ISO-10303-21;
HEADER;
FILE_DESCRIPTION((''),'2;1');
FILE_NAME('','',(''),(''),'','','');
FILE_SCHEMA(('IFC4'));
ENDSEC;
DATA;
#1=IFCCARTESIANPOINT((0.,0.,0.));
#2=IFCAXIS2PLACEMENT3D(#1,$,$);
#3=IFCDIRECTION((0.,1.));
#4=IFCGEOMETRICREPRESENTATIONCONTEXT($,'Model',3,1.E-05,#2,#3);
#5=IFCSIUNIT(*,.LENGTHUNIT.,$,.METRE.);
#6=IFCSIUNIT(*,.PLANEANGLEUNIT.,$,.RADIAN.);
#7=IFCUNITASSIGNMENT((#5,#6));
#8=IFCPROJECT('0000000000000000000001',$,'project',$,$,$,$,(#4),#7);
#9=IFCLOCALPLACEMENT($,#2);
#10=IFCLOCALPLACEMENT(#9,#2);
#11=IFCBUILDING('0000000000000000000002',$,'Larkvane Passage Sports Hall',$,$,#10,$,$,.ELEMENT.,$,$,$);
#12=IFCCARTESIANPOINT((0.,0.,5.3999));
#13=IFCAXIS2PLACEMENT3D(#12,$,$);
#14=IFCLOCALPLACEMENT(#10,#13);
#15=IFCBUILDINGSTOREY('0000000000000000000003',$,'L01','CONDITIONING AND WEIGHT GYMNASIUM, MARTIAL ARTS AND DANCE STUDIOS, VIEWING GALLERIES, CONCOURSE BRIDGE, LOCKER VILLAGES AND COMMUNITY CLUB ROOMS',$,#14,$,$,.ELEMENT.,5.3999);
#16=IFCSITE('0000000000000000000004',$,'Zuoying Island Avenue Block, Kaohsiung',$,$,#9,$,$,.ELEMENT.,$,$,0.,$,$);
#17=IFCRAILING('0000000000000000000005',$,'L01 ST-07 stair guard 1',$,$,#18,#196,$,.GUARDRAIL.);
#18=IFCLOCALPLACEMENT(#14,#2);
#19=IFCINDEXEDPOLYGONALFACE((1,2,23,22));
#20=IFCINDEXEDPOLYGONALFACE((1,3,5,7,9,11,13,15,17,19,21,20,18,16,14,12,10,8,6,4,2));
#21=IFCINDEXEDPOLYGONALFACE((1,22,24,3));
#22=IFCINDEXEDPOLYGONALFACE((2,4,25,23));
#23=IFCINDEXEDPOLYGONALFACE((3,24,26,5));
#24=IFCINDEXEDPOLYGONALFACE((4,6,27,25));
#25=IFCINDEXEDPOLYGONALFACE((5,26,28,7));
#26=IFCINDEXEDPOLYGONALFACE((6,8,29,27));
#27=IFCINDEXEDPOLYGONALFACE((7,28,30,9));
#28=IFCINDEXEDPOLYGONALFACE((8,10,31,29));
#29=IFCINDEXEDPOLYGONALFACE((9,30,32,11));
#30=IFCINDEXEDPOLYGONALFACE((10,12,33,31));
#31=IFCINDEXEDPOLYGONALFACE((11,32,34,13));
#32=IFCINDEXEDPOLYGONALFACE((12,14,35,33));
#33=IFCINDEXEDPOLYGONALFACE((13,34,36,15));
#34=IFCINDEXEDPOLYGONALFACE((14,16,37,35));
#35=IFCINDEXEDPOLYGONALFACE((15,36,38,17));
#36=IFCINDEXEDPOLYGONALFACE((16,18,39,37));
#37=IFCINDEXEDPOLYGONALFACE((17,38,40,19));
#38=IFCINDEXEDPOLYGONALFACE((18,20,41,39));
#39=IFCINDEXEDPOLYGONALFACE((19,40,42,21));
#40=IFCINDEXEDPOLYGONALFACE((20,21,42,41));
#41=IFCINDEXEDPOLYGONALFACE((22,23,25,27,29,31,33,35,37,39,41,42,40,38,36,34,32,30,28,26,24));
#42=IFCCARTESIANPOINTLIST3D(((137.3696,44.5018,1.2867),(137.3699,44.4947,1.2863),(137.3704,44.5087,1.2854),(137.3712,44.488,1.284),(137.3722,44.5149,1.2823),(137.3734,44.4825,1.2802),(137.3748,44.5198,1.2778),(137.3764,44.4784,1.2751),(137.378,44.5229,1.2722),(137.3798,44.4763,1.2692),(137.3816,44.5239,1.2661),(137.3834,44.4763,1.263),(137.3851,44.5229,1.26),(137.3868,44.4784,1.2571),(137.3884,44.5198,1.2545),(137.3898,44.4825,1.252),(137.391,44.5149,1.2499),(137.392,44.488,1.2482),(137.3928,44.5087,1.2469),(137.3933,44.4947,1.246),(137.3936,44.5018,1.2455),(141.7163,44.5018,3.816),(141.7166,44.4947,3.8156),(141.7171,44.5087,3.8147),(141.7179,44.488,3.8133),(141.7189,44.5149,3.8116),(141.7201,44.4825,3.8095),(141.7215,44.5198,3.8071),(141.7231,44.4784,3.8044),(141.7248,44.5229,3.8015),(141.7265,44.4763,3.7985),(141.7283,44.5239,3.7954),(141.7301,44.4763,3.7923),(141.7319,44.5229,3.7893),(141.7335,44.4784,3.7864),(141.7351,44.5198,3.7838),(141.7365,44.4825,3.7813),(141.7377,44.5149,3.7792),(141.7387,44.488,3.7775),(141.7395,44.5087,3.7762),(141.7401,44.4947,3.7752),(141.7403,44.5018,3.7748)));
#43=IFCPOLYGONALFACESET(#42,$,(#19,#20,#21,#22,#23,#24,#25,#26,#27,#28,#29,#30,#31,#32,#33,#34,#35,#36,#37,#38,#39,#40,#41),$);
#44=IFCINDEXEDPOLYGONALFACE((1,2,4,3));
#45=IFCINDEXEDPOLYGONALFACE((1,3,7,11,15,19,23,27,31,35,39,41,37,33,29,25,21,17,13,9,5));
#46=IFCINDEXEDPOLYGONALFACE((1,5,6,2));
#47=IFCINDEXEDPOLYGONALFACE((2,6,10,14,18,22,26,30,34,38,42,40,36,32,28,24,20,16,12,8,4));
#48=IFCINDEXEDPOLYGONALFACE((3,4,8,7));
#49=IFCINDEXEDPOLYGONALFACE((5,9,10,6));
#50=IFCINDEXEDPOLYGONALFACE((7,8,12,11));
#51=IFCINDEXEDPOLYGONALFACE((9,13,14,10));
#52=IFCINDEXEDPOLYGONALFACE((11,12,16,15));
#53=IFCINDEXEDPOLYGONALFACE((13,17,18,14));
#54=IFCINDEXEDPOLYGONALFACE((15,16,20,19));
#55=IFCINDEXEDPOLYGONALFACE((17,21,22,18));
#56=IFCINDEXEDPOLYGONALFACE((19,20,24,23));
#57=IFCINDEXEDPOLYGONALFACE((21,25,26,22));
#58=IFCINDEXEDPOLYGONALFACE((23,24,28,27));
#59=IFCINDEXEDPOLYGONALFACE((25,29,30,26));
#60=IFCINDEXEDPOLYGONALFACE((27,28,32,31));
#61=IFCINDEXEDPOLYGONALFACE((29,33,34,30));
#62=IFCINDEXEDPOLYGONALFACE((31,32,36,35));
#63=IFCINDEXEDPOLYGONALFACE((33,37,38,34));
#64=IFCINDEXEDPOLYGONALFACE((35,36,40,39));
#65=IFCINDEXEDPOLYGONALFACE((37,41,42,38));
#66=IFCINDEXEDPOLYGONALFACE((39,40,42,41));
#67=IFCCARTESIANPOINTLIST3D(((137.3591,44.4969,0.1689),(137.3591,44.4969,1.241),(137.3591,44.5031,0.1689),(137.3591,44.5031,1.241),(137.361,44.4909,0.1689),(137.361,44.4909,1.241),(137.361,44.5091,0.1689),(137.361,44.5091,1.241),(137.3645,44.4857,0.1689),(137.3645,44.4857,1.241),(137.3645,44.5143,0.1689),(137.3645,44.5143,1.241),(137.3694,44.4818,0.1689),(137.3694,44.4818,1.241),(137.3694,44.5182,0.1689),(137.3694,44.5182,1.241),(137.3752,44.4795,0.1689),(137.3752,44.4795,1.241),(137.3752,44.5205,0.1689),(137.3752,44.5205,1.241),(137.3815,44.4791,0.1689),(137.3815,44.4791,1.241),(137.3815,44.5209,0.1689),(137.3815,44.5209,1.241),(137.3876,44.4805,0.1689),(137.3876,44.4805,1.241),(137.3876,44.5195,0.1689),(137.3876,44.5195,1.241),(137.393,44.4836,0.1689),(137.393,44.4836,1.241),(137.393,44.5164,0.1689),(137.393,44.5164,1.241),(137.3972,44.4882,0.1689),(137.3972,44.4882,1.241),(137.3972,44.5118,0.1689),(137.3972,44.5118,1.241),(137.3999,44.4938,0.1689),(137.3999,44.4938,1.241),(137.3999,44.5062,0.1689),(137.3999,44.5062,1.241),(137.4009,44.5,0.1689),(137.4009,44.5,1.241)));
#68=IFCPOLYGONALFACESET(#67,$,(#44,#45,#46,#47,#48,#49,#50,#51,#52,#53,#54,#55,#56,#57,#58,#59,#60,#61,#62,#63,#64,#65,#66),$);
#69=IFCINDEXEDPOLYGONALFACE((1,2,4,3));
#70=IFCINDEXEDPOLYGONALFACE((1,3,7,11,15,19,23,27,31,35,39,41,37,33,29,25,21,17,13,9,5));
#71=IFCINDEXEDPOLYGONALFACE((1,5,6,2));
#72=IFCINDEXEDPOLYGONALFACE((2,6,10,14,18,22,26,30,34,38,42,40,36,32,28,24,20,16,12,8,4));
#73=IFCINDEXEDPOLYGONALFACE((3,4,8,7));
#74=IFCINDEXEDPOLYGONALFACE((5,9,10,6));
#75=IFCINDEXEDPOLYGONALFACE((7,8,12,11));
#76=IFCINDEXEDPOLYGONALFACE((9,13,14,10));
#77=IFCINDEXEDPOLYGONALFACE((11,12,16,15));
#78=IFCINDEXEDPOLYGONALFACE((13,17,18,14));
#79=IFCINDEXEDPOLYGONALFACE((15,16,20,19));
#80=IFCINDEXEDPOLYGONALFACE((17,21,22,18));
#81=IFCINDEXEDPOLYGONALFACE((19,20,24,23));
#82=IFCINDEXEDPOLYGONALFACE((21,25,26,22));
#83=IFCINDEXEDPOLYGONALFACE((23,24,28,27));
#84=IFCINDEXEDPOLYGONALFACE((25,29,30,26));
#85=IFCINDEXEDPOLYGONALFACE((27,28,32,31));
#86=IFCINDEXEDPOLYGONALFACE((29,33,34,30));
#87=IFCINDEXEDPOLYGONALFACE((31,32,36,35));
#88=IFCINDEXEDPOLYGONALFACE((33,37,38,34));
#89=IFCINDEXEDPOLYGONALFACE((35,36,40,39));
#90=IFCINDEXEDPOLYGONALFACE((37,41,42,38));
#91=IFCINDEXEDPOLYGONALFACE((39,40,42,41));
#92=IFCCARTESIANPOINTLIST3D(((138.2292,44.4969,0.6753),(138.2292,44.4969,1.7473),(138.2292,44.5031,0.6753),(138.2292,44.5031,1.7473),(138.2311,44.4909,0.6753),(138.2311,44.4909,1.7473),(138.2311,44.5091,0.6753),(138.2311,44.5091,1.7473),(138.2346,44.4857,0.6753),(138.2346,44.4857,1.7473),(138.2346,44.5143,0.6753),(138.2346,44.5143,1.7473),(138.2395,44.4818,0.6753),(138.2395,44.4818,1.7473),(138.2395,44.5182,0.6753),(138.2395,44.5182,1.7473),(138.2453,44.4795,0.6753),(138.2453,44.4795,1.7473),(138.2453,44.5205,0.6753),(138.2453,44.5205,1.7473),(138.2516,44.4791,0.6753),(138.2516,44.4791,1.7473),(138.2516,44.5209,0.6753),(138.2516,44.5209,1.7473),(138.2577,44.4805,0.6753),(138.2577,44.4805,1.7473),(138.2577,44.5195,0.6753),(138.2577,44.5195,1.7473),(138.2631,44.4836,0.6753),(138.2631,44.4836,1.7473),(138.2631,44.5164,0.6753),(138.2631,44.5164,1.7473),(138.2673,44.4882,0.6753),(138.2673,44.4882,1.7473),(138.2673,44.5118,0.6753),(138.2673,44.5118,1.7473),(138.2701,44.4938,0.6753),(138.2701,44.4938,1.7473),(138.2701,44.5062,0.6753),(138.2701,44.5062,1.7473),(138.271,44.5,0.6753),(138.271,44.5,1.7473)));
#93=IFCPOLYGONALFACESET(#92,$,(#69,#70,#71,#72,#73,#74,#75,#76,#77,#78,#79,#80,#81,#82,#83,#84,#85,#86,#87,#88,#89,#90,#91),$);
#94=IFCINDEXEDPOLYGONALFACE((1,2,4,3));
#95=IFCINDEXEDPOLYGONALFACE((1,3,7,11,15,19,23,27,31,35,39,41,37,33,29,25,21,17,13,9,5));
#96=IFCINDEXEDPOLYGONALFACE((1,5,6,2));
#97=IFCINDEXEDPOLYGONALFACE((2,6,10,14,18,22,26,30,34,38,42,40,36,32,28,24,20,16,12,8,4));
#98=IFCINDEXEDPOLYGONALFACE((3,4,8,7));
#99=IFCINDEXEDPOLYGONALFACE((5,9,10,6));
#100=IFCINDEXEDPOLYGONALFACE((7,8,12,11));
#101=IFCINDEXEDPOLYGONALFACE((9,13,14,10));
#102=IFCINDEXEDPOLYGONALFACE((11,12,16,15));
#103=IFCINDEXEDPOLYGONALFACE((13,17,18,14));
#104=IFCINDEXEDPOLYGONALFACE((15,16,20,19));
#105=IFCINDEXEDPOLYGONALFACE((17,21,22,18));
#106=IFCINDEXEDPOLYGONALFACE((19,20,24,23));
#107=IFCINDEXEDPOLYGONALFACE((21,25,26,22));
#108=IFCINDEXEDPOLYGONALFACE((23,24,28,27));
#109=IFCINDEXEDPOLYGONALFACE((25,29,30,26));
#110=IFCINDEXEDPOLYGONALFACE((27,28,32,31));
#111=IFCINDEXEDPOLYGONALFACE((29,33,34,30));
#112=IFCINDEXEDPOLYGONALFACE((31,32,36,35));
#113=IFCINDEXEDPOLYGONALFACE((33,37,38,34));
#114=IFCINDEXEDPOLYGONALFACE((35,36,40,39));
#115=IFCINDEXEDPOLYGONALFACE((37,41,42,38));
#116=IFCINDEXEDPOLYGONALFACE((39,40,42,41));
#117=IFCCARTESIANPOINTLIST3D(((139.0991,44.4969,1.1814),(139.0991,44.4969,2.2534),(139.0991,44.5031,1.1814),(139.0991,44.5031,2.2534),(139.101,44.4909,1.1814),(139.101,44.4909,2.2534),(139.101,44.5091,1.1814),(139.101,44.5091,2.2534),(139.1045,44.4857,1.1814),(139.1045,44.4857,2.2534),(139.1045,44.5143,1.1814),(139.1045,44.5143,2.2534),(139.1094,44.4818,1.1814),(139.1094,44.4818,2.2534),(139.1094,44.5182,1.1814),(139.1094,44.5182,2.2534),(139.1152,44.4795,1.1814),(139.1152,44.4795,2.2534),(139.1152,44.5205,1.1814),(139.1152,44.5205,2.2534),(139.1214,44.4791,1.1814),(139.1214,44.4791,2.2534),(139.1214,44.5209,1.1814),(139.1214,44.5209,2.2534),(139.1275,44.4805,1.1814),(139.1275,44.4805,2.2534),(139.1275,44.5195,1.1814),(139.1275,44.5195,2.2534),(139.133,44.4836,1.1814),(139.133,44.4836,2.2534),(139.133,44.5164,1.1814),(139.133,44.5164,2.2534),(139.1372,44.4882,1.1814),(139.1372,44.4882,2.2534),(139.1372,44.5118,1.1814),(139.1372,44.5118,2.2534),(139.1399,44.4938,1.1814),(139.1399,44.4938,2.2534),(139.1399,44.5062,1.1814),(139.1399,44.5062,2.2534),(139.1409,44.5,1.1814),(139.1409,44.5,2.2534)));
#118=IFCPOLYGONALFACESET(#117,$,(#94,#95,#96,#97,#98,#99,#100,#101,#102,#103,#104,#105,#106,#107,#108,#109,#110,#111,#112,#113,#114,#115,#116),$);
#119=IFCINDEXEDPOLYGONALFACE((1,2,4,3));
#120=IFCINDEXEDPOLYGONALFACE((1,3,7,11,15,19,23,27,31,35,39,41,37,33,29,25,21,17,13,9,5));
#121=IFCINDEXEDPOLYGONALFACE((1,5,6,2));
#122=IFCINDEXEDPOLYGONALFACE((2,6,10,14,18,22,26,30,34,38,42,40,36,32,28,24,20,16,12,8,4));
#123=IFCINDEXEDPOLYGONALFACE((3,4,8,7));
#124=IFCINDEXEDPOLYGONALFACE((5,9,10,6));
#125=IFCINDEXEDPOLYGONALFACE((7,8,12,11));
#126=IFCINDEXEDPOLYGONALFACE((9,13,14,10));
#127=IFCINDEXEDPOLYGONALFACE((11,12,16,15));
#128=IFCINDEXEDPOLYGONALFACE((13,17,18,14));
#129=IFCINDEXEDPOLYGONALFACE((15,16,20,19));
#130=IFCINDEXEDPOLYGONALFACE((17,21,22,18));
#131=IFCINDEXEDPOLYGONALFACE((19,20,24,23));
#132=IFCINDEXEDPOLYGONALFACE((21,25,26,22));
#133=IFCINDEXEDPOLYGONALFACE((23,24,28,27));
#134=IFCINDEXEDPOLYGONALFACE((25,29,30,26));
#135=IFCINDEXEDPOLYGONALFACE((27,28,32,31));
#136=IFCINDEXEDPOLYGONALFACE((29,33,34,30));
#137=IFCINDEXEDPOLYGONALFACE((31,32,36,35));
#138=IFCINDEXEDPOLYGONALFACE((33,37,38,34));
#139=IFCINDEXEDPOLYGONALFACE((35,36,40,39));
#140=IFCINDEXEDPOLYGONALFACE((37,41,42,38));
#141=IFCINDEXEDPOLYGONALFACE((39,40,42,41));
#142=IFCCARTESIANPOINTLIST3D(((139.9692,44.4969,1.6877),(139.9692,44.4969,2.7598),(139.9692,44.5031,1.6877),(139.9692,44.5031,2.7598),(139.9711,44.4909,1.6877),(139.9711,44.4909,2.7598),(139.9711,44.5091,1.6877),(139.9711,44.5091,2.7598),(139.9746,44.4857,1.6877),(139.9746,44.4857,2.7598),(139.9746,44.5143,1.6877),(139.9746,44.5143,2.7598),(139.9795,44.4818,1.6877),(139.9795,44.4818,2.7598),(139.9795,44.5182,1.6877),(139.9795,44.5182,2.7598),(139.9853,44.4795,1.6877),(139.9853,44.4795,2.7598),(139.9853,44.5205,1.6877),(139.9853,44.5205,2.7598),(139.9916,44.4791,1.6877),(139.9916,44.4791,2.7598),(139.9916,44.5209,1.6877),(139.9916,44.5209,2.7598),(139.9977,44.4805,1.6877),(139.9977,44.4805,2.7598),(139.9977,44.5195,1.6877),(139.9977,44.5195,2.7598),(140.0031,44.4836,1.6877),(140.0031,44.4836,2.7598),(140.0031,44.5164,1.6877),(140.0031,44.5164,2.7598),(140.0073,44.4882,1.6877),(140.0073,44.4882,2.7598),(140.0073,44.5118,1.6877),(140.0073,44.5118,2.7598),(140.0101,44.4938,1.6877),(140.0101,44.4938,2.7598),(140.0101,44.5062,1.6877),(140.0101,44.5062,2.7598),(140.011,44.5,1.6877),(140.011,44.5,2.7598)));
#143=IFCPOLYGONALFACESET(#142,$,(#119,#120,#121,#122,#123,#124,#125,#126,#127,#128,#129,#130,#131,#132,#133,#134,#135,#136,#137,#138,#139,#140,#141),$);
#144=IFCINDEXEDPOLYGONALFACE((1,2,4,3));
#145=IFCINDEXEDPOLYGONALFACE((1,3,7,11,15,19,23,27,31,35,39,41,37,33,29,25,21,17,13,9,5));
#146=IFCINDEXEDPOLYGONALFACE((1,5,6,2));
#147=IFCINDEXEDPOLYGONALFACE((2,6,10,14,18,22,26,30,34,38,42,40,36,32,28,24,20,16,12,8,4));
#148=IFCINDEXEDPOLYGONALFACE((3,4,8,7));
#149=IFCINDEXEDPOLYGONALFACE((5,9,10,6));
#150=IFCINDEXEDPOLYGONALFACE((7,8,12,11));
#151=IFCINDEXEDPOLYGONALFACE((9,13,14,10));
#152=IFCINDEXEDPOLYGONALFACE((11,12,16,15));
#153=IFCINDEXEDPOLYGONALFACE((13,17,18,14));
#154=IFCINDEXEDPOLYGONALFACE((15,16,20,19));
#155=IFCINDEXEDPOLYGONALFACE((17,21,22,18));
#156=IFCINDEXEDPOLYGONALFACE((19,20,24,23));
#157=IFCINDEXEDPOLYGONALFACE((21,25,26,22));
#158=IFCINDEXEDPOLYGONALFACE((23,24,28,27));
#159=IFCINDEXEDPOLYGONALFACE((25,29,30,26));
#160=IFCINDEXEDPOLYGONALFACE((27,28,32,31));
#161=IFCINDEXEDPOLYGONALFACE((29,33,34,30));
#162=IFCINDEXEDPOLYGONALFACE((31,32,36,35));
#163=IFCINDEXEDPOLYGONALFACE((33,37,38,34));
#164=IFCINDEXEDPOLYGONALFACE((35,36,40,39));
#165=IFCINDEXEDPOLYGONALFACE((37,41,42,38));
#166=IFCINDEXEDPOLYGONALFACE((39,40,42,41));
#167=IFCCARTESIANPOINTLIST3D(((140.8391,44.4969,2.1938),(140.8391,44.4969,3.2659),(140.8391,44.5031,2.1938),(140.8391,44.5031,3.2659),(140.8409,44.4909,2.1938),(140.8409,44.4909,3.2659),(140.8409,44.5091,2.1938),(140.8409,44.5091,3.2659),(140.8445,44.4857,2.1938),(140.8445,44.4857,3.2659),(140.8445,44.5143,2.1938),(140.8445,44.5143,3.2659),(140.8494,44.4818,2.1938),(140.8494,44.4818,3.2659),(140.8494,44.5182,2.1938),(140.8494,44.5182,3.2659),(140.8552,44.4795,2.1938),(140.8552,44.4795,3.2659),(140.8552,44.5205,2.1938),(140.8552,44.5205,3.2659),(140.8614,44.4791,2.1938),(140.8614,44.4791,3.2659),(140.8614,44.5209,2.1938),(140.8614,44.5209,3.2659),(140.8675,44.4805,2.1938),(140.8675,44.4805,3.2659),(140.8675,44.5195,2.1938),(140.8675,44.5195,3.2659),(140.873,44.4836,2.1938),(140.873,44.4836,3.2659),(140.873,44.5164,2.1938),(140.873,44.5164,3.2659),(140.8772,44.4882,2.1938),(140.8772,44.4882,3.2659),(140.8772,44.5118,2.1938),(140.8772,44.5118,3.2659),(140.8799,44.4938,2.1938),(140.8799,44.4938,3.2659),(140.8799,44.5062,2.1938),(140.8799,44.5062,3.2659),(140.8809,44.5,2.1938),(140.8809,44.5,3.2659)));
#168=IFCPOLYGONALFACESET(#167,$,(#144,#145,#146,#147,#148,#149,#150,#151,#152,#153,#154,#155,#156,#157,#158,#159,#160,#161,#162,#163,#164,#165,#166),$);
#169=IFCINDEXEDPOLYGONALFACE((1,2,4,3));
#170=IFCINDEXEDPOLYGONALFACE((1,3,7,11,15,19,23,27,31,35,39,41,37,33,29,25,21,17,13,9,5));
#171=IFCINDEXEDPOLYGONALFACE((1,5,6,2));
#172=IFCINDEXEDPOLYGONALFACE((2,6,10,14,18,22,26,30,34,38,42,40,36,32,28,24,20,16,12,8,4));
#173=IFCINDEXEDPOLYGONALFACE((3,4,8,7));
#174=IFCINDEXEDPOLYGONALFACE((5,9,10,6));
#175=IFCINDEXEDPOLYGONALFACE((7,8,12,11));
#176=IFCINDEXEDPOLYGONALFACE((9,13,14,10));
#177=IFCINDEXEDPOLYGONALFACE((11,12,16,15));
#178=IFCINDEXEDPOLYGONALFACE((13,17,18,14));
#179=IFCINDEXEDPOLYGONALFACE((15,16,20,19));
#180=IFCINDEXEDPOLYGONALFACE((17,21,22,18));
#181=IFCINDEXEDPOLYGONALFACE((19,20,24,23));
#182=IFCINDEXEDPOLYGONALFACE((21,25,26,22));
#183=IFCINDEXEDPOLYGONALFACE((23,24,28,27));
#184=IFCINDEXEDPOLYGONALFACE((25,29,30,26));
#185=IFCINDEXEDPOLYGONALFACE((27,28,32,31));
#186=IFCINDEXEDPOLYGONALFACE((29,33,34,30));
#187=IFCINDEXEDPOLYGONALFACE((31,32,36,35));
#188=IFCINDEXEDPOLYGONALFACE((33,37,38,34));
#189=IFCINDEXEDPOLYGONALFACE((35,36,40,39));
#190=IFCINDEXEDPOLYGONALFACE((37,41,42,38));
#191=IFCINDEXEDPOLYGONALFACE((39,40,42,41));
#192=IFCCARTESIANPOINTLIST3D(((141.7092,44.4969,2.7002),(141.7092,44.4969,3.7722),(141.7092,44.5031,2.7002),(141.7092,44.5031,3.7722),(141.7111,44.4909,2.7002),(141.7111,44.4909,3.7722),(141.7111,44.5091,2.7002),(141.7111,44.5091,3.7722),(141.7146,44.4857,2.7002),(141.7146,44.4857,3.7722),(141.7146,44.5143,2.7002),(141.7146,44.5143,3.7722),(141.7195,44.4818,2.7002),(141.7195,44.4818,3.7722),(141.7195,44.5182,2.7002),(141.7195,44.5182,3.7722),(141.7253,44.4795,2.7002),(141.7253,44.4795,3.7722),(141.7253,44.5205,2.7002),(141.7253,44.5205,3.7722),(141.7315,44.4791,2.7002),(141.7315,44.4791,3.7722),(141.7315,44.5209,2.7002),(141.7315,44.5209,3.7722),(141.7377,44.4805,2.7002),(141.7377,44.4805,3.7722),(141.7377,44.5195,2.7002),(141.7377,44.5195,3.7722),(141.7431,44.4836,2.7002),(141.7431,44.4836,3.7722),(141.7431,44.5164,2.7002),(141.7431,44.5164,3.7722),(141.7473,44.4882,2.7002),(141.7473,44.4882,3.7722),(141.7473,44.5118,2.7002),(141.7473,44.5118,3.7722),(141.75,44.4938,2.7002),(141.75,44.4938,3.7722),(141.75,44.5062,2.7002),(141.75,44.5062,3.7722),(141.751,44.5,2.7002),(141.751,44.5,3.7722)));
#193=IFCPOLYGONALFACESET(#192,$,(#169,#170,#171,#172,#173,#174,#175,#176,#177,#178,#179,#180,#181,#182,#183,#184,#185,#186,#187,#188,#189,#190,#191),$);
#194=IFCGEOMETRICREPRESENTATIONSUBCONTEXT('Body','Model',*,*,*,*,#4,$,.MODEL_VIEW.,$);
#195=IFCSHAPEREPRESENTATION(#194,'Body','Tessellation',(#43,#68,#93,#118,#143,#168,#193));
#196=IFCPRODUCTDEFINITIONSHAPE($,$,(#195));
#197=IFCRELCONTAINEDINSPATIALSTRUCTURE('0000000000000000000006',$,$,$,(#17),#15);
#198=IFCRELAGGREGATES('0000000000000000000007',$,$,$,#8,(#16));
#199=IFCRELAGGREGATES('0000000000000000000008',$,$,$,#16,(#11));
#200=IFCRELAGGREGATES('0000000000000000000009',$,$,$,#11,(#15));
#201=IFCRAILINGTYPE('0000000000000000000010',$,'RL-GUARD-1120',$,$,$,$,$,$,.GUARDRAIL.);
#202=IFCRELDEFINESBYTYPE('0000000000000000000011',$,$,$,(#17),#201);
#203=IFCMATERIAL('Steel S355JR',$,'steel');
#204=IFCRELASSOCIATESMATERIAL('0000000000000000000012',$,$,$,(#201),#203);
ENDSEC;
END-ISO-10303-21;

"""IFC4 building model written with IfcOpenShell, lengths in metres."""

from ifc_helpers import new_model, si_unit, direction, frame, origin, origin_2d, place, context, subcontext, project, spatial, circle, extrude, material, type_object, element, save


model = new_model("IFC4")

# Units and contexts
model_context = context("Model", 3, precision=1e-05, world=origin(), true_north=direction((0.0, 1.0)))
body_context = subcontext(model_context, "Body", "Model", "MODEL_VIEW")
ifc_project = project(units=[si_unit("LENGTHUNIT", "METRE"), si_unit("PLANEANGLEUNIT", "RADIAN")], contexts=[model_context])

# Site, building, storey
site_placement = place(None, origin())
site = spatial("IfcSite", under=ifc_project, at=site_placement, Name="Zuoying Island Avenue Block, Kaohsiung", CompositionType="ELEMENT", RefElevation=0.0)
building_placement = place(site_placement, origin())
building = spatial("IfcBuilding", under=site, at=building_placement, Name="Larkvane Passage Sports Hall", CompositionType="ELEMENT")
storey_placement = place(building_placement, frame((0.0, 0.0, 5.3999)))
storey = spatial("IfcBuildingStorey", under=building, at=storey_placement, Name="L01", Description="CONDITIONING AND WEIGHT GYMNASIUM, MARTIAL ARTS AND DANCE STUDIOS, VIEWING GALLERIES, CONCOURSE BRIDGE, LOCKER VILLAGES AND COMMUNITY CLUB ROOMS", CompositionType="ELEMENT", Elevation=5.3999)

# Shared definitions
ifc_material_1 = material(Name="Steel S355JR", Category="steel")

# Railing
railing_type_1 = type_object("IfcRailingType", Name="RL-GUARD-1120", PredefinedType="GUARDRAIL", material=ifc_material_1)
railing_1_placement = place(storey_placement, frame((137.3799, 44.5, 0.1689)))
element("IfcRailing", 1, at=railing_1_placement, inside=storey, type_object=railing_type_1, Name="L01 ST-07 stair guard 1", PredefinedType="GUARDRAIL", context=body_context, shape_type="SweptSolid", body=[
    extrude(circle(Radius=0.0239, at=origin_2d()), frame((0.0017, 0.0, 1.0972), z_axis=(0.864324, 0.0, 0.502936), x_axis=(0.0, 1.0, 0.0)), (0.0, 0.0, 1.0), 5.0291),
    extrude(circle(Radius=0.021, at=origin_2d()), origin(), (0.0, 0.0, 1.0), 1.072),
    extrude(circle(Radius=0.021, at=origin_2d()), frame((0.8701, 0.0, 0.5063)), (0.0, 0.0, 1.0), 1.072),
    extrude(circle(Radius=0.021, at=origin_2d()), frame((1.74, 0.0, 1.0125)), (0.0, 0.0, 1.0), 1.072),
    extrude(circle(Radius=0.021, at=origin_2d()), frame((2.6101, 0.0, 1.5188)), (0.0, 0.0, 1.0), 1.072),
    extrude(circle(Radius=0.021, at=origin_2d()), frame((3.48, 0.0, 2.0249)), (0.0, 0.0, 1.0), 1.072),
    extrude(circle(Radius=0.021, at=origin_2d()), frame((4.3501, 0.0, 2.5312)), (0.0, 0.0, 1.0), 1.072),
])

save(model, "model.ifc")
